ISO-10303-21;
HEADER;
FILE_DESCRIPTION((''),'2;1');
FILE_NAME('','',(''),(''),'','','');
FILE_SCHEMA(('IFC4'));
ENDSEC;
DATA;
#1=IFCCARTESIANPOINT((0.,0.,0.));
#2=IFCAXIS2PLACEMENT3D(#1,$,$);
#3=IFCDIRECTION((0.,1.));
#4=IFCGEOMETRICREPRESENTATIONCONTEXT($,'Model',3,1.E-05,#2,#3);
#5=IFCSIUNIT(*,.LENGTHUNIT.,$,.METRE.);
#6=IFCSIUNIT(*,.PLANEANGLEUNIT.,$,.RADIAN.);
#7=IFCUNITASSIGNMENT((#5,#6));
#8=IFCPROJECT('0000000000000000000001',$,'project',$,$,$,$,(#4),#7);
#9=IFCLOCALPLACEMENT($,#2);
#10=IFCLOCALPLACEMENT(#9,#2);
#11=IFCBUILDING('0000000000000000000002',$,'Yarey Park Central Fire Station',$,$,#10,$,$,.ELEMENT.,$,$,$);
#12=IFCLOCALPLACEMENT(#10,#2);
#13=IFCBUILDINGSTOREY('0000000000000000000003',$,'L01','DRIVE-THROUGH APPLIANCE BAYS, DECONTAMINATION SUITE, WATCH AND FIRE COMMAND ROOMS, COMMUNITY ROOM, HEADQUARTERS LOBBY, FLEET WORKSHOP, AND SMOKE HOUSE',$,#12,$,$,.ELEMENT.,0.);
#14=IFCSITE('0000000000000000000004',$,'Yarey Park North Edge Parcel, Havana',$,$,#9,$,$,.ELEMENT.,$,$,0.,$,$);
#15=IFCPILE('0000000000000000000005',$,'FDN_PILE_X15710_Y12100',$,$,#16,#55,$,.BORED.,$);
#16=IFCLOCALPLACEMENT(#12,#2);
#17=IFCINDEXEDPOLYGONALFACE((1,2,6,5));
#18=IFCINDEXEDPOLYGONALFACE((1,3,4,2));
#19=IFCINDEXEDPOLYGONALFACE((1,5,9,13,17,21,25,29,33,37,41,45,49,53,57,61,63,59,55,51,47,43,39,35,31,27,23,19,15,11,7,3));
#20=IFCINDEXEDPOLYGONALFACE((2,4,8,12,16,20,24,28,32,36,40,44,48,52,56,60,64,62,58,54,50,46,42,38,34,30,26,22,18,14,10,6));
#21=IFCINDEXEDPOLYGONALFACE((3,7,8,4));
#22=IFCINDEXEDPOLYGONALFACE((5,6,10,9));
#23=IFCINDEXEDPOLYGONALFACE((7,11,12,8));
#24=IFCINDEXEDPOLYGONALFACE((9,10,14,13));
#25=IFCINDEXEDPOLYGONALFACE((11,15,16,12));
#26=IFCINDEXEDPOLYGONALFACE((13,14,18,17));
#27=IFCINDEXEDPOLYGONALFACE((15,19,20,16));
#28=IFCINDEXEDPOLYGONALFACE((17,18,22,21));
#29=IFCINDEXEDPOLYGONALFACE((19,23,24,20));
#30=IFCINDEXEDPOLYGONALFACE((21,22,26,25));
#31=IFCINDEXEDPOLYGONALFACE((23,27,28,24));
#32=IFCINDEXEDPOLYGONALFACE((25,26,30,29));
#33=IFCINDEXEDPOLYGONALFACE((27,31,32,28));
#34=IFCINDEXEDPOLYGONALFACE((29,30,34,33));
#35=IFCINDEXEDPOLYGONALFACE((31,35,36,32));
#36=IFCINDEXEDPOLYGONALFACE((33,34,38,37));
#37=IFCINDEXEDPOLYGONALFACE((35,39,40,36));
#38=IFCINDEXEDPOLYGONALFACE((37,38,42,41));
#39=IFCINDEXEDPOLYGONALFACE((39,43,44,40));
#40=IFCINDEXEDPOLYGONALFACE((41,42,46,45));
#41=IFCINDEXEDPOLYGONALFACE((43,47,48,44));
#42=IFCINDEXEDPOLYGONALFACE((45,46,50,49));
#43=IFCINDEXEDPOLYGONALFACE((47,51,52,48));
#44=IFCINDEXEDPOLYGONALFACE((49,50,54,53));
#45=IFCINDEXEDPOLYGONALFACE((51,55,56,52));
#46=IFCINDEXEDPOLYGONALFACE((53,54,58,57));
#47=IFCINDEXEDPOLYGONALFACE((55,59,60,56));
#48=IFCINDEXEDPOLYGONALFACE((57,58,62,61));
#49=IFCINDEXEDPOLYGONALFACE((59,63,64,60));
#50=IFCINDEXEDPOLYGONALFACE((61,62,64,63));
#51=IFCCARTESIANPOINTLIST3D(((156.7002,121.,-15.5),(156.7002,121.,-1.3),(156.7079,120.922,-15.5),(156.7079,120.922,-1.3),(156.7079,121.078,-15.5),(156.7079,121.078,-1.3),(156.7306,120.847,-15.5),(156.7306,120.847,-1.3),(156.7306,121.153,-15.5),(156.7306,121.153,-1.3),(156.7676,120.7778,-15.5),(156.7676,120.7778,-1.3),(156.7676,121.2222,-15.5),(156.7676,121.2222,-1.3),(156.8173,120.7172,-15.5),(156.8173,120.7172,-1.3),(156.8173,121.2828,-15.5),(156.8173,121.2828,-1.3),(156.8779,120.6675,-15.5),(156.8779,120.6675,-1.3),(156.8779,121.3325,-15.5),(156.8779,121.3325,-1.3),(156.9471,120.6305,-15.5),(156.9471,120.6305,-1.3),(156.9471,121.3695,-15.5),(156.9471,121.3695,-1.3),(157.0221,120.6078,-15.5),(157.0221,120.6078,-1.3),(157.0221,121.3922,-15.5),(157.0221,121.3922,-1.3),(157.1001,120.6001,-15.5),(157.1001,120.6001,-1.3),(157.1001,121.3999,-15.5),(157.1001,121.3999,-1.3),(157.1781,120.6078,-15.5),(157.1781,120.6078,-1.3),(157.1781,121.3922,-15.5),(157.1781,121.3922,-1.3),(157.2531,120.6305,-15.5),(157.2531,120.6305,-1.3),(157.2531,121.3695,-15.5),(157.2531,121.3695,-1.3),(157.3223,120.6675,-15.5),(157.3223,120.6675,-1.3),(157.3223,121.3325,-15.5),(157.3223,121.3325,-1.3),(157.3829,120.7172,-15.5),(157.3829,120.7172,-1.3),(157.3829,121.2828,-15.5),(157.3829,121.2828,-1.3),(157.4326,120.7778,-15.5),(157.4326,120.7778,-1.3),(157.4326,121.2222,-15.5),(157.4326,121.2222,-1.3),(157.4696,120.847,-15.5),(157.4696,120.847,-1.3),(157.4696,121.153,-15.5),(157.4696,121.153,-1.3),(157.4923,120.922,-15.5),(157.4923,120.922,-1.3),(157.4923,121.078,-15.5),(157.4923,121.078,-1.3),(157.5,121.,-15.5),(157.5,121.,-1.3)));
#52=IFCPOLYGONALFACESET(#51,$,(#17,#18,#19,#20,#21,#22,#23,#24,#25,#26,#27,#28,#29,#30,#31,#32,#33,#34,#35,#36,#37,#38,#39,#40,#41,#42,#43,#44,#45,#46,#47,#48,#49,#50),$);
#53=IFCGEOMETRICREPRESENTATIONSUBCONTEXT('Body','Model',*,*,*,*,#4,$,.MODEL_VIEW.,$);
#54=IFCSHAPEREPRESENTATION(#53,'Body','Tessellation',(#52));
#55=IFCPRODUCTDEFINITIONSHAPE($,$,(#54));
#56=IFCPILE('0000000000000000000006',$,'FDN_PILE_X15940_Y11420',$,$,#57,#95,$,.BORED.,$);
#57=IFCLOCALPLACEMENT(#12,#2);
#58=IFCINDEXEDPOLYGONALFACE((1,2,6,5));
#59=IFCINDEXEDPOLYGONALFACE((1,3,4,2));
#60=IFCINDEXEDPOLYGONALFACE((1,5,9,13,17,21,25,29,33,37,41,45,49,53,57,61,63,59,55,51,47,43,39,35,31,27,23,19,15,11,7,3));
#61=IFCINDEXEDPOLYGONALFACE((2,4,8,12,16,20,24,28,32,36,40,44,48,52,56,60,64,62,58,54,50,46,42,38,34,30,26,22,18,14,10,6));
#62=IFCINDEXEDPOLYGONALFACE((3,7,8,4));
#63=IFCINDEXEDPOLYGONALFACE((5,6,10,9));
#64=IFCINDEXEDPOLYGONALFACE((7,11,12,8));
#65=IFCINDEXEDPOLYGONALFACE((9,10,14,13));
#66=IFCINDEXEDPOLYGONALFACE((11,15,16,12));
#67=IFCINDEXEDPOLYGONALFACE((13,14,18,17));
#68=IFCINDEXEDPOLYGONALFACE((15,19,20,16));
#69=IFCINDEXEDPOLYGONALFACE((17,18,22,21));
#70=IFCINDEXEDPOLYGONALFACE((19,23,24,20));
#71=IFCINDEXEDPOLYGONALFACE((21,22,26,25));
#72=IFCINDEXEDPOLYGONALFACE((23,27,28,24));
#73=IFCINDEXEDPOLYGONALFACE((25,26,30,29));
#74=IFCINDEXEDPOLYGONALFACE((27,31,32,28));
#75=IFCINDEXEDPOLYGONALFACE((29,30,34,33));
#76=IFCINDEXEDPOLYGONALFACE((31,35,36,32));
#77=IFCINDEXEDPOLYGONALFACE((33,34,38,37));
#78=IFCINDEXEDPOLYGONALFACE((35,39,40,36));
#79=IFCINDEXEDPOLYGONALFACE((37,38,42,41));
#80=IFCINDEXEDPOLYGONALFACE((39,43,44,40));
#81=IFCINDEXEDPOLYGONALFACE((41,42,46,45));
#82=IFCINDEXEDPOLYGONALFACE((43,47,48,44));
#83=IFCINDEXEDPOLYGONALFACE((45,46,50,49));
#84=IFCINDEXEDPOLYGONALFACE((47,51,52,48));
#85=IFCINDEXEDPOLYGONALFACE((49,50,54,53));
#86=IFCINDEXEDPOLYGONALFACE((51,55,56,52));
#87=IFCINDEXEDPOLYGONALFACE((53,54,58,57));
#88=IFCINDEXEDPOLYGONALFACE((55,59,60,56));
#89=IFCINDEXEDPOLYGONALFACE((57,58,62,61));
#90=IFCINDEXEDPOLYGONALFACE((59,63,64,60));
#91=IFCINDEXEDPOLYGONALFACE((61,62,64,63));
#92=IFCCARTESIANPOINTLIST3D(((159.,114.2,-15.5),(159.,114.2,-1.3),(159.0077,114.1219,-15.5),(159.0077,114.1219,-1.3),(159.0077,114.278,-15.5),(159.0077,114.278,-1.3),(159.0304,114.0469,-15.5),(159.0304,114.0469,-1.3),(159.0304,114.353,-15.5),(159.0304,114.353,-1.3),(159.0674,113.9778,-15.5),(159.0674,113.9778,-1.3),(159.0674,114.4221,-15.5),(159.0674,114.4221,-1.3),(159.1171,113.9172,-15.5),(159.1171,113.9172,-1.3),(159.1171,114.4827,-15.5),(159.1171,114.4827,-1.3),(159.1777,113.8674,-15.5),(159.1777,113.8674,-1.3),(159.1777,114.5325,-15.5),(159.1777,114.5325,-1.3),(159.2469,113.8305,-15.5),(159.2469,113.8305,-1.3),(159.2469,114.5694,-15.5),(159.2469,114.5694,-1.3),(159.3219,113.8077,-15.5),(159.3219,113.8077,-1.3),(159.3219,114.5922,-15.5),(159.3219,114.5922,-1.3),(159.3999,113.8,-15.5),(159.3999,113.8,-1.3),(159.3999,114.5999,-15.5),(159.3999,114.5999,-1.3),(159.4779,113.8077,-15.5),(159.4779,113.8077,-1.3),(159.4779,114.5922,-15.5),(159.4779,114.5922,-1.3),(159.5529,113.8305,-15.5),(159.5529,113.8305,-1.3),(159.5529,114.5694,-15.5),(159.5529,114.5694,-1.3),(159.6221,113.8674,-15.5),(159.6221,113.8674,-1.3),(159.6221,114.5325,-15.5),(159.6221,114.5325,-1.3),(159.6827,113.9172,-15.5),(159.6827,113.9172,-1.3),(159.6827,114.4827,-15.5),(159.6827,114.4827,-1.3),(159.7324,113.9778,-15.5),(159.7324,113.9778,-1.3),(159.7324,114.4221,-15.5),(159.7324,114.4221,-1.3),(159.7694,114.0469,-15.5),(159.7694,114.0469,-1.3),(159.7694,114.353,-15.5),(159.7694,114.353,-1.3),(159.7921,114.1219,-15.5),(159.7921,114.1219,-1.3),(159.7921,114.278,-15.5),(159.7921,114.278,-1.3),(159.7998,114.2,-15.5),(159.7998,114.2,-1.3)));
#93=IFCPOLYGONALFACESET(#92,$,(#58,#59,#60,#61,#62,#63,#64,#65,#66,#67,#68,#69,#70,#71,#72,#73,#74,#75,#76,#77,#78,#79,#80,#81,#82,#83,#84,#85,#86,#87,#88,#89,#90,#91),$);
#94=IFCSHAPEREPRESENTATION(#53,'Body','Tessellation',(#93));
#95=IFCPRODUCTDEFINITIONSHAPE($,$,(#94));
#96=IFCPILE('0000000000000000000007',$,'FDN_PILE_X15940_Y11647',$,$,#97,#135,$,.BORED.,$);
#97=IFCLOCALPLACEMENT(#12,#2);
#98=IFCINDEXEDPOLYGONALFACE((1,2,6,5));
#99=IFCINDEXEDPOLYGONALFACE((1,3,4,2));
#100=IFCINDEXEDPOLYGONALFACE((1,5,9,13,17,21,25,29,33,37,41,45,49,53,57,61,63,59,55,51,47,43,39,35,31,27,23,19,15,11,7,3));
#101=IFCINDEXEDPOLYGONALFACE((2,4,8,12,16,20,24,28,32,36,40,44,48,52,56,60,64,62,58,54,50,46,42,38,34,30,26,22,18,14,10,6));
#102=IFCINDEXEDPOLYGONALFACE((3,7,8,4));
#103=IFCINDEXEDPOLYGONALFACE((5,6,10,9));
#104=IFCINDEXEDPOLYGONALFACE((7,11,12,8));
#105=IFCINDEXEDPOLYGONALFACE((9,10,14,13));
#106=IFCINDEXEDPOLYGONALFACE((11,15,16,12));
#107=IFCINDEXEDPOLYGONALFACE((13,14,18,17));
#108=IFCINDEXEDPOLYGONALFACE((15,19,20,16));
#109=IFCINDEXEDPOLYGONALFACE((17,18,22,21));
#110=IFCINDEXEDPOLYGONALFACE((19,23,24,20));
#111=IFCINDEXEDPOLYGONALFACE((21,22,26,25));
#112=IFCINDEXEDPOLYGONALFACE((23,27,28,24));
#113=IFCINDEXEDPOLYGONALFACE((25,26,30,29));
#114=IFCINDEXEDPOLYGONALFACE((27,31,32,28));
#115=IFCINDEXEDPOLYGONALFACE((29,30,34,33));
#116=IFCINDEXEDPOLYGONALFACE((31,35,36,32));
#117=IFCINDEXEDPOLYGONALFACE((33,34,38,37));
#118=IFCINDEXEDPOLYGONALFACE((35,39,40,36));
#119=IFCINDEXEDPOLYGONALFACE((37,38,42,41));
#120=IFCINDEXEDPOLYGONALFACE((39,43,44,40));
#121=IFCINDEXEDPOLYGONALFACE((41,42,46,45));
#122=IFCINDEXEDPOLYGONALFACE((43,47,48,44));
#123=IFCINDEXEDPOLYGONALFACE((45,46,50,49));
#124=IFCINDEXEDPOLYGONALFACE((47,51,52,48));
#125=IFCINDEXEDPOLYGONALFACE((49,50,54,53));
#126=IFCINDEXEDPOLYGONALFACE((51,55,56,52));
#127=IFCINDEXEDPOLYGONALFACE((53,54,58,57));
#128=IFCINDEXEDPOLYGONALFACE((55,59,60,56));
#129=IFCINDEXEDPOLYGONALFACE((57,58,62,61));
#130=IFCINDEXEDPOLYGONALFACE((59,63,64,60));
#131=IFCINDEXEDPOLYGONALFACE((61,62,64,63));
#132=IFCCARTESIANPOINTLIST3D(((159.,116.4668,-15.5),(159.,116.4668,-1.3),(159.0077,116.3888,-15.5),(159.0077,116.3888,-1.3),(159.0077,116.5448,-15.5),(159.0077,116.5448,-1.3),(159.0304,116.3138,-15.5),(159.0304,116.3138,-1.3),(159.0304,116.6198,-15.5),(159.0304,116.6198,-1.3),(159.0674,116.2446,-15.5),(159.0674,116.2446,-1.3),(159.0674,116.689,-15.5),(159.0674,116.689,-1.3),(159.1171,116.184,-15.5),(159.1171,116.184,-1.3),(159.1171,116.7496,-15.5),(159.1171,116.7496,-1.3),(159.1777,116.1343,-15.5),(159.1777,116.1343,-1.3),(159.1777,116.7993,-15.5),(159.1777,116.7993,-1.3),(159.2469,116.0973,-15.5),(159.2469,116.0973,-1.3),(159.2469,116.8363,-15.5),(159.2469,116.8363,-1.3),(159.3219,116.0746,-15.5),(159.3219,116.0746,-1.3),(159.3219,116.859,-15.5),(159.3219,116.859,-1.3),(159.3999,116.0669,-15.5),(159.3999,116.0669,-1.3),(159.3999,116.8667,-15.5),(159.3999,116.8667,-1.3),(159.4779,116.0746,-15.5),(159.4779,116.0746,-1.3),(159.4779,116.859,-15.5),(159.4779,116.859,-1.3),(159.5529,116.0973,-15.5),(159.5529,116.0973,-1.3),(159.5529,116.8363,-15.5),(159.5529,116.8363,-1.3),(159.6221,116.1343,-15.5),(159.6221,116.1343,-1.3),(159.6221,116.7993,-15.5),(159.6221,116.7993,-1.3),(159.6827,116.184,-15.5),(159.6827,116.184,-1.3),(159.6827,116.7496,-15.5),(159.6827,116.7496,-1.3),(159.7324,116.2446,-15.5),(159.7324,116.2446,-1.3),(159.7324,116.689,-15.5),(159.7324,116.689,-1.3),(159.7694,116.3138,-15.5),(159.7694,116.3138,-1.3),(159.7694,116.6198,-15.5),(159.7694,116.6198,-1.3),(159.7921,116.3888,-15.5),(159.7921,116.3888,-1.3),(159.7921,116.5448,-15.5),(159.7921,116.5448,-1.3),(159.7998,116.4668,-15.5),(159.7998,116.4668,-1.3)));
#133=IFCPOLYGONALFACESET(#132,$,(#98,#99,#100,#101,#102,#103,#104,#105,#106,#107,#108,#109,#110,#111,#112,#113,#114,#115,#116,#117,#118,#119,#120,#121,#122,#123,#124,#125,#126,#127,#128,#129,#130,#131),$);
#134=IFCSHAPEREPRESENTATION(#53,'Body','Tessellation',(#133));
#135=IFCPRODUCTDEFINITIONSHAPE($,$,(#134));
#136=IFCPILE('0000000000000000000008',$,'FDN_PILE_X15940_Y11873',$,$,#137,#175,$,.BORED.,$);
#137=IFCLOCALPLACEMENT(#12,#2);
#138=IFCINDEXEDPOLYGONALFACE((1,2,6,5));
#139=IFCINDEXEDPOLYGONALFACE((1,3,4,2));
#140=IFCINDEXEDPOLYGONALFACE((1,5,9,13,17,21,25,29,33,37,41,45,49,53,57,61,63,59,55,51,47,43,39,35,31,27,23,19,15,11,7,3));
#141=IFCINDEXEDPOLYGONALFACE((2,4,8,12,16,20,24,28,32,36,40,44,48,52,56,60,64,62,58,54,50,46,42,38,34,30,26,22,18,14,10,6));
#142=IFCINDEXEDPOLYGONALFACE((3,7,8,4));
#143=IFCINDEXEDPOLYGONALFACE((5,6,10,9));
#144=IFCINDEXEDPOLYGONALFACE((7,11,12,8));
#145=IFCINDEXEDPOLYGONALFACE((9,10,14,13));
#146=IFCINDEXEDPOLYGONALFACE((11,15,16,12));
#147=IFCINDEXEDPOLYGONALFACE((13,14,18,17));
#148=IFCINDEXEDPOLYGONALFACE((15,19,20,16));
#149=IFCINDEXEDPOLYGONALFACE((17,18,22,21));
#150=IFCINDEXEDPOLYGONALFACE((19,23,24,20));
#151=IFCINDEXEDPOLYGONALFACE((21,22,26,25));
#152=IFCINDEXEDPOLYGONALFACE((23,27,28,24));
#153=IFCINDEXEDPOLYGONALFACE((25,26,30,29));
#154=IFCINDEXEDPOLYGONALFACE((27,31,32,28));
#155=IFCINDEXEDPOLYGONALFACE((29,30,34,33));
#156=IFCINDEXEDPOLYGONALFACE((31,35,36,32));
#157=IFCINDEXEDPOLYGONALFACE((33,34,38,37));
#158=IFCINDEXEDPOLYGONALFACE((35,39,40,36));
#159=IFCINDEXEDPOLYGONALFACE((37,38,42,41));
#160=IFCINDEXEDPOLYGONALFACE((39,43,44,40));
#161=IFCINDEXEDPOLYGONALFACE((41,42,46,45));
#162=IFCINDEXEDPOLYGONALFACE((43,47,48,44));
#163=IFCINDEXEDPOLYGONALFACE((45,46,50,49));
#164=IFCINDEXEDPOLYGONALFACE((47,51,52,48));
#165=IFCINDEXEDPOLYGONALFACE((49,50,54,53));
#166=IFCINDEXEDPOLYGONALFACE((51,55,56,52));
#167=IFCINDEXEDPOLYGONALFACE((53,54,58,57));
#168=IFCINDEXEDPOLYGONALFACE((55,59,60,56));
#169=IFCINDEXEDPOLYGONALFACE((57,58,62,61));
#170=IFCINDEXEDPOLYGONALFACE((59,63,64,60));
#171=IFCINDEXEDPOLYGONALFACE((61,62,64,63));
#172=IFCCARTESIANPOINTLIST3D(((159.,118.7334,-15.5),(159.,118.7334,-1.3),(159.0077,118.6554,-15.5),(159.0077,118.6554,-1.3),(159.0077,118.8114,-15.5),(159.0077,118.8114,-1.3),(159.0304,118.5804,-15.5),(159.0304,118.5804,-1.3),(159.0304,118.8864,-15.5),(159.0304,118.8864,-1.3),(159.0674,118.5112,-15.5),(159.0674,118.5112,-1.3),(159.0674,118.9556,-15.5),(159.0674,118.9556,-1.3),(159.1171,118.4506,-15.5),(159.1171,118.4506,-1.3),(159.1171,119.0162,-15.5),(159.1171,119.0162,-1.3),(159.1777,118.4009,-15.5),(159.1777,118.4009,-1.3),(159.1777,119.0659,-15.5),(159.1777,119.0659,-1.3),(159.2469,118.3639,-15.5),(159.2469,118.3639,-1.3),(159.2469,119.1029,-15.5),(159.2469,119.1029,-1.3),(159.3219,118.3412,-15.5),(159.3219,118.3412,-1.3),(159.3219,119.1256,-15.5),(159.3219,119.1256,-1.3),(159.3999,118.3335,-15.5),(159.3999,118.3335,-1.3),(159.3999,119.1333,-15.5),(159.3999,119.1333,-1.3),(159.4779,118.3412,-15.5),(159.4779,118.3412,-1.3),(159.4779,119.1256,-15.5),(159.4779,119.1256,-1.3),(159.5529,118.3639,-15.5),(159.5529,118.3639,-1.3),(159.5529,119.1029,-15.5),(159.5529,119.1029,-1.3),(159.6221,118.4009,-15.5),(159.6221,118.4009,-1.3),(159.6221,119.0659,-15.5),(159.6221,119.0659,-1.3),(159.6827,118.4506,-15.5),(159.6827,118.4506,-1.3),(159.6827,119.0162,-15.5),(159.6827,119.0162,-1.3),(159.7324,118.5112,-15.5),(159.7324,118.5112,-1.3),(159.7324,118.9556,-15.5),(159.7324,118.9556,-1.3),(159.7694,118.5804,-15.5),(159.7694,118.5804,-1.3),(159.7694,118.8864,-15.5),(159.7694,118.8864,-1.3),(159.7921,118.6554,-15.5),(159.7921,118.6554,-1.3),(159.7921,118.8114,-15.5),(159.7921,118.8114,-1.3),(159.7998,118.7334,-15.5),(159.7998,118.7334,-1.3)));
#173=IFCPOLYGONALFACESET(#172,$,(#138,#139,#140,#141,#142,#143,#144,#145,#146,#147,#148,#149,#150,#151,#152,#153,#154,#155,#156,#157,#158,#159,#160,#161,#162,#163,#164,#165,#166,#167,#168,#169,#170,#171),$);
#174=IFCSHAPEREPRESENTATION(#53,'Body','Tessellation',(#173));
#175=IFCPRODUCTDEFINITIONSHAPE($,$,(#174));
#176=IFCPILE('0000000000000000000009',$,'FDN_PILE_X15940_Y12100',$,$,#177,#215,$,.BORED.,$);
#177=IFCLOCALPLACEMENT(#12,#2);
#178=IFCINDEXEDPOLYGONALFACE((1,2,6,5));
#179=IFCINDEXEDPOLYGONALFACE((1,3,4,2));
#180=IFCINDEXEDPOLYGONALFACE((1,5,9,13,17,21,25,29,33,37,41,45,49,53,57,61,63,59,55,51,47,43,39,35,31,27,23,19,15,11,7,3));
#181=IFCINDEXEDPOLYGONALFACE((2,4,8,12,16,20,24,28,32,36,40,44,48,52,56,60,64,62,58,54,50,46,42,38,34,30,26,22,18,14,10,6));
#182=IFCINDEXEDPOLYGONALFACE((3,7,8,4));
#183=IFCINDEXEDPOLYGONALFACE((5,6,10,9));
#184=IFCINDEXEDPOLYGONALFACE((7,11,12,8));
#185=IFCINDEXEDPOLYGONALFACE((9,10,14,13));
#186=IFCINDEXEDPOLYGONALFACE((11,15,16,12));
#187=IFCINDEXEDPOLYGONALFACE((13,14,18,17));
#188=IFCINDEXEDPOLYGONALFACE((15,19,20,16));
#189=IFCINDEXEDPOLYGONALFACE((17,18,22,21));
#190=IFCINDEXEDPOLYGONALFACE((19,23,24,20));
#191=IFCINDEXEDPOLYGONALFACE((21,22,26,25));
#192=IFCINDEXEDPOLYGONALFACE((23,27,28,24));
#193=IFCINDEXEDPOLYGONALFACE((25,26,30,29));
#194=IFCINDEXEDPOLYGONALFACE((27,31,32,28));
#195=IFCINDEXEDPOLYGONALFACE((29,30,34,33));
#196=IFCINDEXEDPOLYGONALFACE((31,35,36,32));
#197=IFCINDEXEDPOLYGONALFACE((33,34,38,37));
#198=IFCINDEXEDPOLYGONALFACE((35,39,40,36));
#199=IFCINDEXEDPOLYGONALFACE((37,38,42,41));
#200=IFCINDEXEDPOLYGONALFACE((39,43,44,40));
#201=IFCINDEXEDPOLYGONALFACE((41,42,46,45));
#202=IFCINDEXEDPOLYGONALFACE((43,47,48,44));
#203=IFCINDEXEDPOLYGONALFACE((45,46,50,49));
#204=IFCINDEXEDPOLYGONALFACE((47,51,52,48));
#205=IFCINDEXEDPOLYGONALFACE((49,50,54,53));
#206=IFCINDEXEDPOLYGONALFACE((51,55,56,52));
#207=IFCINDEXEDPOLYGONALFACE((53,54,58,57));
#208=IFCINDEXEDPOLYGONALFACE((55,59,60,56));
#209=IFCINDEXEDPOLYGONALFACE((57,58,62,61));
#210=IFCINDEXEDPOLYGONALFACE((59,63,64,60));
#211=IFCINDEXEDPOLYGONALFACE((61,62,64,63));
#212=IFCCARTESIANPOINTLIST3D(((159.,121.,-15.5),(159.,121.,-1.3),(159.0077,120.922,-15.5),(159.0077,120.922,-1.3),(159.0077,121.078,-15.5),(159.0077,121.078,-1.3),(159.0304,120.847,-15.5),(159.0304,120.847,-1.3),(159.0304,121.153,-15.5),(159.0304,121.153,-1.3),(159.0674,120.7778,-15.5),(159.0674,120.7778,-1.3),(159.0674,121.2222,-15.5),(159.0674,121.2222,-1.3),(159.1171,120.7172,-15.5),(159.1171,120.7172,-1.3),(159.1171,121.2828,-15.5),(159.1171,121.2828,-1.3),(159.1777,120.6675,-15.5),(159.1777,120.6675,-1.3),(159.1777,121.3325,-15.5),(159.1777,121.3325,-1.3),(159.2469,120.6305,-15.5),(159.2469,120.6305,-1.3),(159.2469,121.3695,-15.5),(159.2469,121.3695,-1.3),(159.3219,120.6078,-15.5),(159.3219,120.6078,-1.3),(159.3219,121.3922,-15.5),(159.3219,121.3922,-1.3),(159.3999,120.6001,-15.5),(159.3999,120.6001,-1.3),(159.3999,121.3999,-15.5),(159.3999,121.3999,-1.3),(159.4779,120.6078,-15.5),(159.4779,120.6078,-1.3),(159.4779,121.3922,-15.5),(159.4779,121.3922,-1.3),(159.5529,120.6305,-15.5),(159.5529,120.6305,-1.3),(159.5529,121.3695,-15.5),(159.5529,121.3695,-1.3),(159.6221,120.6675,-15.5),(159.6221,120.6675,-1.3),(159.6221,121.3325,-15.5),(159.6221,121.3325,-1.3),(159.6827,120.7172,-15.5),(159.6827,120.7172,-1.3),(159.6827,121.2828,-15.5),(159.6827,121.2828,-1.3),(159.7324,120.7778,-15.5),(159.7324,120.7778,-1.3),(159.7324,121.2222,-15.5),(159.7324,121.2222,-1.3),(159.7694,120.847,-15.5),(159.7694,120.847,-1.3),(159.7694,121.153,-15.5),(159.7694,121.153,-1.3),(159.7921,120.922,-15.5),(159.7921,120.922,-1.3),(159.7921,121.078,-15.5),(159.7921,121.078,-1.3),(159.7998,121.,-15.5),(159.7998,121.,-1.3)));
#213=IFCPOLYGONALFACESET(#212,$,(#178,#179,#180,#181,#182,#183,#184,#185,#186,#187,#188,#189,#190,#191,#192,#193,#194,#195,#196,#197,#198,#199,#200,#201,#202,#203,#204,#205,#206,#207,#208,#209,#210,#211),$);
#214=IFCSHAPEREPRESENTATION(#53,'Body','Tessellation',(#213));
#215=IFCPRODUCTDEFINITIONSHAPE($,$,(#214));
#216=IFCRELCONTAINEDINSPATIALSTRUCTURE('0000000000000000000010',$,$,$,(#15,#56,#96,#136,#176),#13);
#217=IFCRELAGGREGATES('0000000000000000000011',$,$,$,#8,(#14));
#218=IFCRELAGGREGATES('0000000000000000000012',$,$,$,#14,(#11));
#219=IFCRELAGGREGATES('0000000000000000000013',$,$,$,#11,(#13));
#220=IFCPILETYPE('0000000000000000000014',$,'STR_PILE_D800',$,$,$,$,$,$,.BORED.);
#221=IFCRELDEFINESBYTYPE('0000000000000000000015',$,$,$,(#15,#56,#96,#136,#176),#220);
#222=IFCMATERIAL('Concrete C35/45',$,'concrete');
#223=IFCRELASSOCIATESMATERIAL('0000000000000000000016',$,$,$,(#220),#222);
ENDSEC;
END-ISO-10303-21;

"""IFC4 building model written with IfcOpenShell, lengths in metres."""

from ifc_helpers import new_model, si_unit, direction, frame, origin, origin_2d, place, context, subcontext, project, spatial, circle, extrude, material, material_profile, profile_set, type_object, element, save


model = new_model("IFC4")

# Units and contexts
model_context = context("Model", 3, precision=1e-05, world=origin(), true_north=direction((0.0, 1.0)))
body_context = subcontext(model_context, "Body", "Model", "MODEL_VIEW")
ifc_project = project(units=[si_unit("LENGTHUNIT", "METRE"), si_unit("PLANEANGLEUNIT", "RADIAN")], contexts=[model_context])

# Site, building, storey
site_placement = place(None, origin())
site = spatial("IfcSite", under=ifc_project, at=site_placement, Name="Yarey Park North Edge Parcel, Havana", CompositionType="ELEMENT", RefElevation=0.0)
building_placement = place(site_placement, origin())
building = spatial("IfcBuilding", under=site, at=building_placement, Name="Yarey Park Central Fire Station", CompositionType="ELEMENT")
storey_placement = place(building_placement, origin())
storey = spatial("IfcBuildingStorey", under=building, at=storey_placement, Name="L01", Description="DRIVE-THROUGH APPLIANCE BAYS, DECONTAMINATION SUITE, WATCH AND FIRE COMMAND ROOMS, COMMUNITY ROOM, HEADQUARTERS LOBBY, FLEET WORKSHOP, AND SMOKE HOUSE", CompositionType="ELEMENT", Elevation=0.0)

# Shared definitions
ifc_material_1 = material(Name="Concrete C35/45", Category="concrete")

# Piles
ifc_material_profile_1 = material_profile(ifc_material_1, circle(Radius=0.3999, at=origin_2d()), Name="BORED PILE D800")
ifc_profile_set_1 = profile_set([ifc_material_profile_1], Name="Concrete C35/45")
pile_type = type_object("IfcPileType", Name="STR_PILE_D800", PredefinedType="BORED", material=ifc_profile_set_1)
for number, where, z_axis, x_axis, name in (
    (1, (157.1001, 121.0, -1.3), (0.0, 0.0, -1.0), (1.0, 0.0, 0.0), "FDN_PILE_X15710_Y12100"),
    (2, (159.3999, 114.2, -1.3), (0.0, 0.0, -1.0), (1.0, 0.0, 0.0), "FDN_PILE_X15940_Y11420"),
    (3, (159.3999, 116.4668, -1.3), (0.0, 0.0, -1.0), (1.0, 0.0, 0.0), "FDN_PILE_X15940_Y11647"),
    (4, (159.3999, 118.7334, -1.3), (0.0, 0.0, -1.0), (1.0, 0.0, 0.0), "FDN_PILE_X15940_Y11873"),
    (5, (159.3999, 121.0, -1.3), (0.0, 0.0, -1.0), (1.0, 0.0, 0.0), "FDN_PILE_X15940_Y12100"),
):
    element("IfcPile", number, at=place(storey_placement, frame(where, z_axis=z_axis, x_axis=x_axis)), inside=storey, type_object=pile_type, Name=name, PredefinedType="BORED", context=body_context, shape_type="SweptSolid", body=[
        extrude(circle(Radius=0.3999, at=origin_2d()), origin(), (0.0, 0.0, 1.0), 14.2),
    ])

save(model, "model.ifc")
